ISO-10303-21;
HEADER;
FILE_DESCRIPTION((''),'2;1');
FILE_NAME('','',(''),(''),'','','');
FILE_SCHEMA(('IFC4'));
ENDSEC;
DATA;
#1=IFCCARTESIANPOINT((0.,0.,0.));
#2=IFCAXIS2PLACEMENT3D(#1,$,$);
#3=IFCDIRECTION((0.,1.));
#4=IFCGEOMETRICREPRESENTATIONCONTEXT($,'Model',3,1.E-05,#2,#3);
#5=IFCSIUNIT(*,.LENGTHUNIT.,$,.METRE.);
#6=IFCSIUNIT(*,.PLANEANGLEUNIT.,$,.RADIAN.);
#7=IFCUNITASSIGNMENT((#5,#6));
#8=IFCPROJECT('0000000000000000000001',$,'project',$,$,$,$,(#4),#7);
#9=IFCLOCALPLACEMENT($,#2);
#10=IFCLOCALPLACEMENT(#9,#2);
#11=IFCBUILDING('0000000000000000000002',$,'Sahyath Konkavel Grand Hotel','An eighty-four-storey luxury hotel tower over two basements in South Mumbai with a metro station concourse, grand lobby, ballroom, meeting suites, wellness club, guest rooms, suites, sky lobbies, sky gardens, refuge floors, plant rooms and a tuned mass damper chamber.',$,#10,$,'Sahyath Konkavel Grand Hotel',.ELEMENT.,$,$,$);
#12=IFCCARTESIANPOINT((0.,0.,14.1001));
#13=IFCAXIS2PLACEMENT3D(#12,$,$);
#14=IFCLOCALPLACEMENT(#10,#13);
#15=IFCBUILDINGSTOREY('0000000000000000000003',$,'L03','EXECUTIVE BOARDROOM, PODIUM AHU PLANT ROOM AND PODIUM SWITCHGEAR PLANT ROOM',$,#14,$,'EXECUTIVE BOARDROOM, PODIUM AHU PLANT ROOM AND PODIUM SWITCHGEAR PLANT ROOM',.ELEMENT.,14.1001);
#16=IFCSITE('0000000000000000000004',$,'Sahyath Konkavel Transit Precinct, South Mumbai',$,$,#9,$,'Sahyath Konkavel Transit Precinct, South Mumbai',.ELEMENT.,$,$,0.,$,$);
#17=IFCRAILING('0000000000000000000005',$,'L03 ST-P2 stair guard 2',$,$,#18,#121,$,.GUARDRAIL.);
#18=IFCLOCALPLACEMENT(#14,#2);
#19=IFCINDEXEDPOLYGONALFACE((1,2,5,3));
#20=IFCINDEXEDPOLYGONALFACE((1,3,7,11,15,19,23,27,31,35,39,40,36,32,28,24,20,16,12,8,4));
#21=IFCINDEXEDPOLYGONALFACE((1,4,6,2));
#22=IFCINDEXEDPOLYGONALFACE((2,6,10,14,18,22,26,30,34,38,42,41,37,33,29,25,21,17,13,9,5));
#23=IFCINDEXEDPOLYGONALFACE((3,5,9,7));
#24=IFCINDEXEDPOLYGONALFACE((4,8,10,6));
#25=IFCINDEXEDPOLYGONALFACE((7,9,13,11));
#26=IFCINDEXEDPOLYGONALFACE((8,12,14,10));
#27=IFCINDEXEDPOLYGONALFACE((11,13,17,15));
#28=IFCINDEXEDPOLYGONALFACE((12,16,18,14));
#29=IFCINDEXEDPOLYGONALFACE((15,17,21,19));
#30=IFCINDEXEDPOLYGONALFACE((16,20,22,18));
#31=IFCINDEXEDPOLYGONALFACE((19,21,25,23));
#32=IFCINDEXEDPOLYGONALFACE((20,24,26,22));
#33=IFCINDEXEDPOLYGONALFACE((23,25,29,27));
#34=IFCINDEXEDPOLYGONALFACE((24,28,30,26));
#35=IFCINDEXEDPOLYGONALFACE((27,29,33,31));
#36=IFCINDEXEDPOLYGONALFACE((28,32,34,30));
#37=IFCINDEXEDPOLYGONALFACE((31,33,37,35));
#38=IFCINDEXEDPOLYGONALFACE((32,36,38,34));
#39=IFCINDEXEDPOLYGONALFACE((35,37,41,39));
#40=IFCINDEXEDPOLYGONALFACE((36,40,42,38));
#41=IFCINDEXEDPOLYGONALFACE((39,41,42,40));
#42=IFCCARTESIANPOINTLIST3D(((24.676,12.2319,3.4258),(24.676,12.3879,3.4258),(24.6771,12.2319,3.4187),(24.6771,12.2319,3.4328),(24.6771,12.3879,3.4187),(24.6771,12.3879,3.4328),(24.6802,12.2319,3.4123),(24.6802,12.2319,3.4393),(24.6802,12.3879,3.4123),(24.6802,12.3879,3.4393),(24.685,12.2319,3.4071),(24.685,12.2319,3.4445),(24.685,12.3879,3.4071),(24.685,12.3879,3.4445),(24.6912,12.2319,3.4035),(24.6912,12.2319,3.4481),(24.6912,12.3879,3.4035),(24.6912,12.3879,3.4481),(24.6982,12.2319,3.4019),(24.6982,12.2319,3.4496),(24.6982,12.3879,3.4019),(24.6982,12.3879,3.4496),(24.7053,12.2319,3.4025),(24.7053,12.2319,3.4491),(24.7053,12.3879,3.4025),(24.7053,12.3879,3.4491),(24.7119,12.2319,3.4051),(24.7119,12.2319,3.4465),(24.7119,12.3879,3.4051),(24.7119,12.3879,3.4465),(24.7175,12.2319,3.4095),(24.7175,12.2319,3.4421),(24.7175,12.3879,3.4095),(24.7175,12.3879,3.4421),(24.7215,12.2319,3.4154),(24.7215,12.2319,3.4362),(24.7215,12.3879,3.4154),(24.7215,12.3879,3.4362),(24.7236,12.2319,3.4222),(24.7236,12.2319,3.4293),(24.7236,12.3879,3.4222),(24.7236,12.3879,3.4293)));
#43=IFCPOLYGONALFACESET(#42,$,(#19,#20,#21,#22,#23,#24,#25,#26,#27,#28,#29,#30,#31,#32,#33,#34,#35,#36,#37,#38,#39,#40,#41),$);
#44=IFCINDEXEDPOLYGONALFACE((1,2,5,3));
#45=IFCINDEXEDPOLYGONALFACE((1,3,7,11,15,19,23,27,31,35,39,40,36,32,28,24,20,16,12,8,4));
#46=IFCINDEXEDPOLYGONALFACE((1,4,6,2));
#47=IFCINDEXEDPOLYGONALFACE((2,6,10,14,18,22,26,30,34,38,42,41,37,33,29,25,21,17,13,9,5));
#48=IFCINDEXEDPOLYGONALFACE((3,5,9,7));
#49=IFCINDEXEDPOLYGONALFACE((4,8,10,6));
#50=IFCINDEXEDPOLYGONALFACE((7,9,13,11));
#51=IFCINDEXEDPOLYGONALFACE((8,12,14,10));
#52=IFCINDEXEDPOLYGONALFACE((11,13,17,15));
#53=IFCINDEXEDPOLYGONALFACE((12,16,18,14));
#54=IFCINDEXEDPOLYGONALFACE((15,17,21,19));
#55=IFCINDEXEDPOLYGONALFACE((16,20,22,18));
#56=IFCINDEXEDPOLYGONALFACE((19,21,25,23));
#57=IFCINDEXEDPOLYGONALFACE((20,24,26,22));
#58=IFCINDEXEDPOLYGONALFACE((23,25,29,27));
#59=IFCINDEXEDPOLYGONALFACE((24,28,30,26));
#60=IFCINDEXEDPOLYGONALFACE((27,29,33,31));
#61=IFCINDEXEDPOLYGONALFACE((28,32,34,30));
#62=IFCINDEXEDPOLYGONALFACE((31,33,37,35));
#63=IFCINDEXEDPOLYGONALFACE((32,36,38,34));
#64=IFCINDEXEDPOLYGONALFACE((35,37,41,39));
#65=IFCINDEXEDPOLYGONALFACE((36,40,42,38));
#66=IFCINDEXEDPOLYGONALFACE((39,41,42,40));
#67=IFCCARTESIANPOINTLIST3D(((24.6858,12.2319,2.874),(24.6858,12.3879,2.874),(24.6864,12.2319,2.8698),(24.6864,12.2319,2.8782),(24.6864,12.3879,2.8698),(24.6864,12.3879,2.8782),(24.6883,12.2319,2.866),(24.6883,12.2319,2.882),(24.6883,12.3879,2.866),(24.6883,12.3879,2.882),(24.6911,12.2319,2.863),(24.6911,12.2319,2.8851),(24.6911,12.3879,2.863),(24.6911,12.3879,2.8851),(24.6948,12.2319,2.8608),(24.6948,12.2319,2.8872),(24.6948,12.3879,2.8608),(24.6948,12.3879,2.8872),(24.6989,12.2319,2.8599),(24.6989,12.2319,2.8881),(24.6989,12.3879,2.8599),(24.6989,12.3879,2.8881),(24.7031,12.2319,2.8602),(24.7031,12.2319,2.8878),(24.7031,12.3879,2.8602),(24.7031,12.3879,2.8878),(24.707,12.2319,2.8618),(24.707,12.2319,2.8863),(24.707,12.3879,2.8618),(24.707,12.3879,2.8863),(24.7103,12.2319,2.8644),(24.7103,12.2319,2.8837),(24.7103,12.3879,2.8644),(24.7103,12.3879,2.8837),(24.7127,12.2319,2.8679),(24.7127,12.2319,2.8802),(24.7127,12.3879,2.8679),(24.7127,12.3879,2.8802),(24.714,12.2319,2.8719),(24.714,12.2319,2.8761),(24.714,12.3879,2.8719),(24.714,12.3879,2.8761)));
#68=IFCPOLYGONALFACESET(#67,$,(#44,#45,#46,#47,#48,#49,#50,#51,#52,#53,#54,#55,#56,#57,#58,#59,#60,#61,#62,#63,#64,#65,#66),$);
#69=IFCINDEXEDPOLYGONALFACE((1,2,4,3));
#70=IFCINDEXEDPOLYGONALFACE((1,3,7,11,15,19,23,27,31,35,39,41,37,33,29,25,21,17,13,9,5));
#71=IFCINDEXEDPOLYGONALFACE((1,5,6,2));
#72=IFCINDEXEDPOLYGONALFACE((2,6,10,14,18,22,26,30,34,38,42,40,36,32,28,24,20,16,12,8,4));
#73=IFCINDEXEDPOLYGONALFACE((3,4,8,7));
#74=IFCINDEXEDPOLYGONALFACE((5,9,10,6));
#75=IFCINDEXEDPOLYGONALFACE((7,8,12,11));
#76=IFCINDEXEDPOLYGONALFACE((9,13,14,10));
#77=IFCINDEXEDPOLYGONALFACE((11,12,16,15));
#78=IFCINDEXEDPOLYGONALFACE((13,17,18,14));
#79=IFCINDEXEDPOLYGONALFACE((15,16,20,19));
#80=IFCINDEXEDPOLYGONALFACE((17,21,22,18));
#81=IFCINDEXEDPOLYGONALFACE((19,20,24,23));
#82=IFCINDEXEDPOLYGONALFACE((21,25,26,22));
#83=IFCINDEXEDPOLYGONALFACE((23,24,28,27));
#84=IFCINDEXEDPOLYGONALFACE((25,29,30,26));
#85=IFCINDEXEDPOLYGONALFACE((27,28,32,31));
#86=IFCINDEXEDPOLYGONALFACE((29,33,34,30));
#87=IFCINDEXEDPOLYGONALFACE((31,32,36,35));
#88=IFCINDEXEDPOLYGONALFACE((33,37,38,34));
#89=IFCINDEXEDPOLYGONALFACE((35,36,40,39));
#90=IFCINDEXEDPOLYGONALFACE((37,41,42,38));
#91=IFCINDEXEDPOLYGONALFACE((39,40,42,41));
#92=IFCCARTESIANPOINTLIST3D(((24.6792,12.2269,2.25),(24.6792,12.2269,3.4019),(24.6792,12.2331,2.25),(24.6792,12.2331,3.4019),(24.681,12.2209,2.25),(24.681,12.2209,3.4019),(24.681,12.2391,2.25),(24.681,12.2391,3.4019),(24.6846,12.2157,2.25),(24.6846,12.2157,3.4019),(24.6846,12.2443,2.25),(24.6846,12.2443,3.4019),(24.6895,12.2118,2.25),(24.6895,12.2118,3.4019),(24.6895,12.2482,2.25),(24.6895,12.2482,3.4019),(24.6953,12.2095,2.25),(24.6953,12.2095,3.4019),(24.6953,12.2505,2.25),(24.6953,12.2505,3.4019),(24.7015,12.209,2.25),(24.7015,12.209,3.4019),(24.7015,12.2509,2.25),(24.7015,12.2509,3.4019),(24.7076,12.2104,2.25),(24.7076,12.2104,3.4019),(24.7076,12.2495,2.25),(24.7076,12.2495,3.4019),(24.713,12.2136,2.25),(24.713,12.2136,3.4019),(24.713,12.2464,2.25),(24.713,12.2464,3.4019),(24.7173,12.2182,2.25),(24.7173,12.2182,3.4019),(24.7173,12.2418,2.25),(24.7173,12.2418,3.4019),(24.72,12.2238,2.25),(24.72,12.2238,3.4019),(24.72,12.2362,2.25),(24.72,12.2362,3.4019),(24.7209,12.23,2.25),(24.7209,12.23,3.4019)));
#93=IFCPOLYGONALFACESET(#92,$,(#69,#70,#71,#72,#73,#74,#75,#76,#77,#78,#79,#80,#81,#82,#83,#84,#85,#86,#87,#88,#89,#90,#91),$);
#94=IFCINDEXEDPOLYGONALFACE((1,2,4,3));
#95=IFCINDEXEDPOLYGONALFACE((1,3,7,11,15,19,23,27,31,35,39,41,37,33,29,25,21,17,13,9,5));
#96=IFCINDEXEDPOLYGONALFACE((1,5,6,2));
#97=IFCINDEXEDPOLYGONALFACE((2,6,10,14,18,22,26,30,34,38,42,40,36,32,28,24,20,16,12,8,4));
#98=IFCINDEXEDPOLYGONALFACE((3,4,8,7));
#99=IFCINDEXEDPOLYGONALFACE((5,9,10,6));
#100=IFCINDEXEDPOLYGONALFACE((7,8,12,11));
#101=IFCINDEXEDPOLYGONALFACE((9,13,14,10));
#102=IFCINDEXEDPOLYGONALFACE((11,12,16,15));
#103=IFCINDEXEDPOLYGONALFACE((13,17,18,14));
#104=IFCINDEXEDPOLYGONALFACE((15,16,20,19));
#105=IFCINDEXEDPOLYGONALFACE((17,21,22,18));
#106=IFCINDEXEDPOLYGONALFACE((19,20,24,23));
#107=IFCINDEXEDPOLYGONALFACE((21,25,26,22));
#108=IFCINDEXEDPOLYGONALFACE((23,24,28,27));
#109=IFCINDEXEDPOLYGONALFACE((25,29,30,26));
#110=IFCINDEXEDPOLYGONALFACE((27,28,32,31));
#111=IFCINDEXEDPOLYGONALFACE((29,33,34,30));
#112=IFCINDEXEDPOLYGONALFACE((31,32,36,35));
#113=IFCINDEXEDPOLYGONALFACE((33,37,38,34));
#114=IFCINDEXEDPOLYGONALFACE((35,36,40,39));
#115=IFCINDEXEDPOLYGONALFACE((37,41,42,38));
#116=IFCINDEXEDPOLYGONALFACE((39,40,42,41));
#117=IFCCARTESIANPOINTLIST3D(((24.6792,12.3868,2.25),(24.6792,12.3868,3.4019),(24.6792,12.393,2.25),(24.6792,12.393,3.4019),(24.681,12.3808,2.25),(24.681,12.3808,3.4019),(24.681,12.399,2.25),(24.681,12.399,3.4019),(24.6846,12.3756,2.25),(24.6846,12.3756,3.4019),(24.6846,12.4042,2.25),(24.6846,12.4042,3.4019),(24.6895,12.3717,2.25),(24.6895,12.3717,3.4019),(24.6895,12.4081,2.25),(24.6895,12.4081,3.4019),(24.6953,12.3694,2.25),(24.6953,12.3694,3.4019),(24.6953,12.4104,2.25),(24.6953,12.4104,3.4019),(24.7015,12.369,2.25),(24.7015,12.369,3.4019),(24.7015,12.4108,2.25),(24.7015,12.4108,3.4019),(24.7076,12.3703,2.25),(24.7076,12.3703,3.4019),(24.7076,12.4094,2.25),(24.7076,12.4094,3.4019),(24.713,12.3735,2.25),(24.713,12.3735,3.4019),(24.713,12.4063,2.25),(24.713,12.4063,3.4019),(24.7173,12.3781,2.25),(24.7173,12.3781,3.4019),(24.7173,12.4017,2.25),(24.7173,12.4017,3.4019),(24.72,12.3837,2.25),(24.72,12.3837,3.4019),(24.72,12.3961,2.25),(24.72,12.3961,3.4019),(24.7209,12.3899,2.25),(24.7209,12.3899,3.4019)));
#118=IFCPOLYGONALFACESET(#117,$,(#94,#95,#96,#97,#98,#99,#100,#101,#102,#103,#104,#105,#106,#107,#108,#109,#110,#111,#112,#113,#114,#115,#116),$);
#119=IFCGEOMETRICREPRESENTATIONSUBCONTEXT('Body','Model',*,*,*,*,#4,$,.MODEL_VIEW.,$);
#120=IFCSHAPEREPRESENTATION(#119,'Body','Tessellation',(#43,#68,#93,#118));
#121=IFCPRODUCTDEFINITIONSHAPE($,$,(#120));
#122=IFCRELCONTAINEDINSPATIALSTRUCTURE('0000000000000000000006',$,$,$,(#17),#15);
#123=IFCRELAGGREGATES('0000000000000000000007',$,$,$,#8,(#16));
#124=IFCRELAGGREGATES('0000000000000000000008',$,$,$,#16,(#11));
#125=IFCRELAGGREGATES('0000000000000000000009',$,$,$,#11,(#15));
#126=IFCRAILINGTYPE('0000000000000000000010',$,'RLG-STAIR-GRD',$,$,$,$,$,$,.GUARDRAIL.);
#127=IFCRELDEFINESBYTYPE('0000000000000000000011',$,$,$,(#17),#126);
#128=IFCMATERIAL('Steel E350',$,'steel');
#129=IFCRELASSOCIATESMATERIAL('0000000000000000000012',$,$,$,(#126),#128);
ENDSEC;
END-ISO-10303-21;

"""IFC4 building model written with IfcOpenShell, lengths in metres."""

from ifc_helpers import new_model, si_unit, direction, frame, origin, origin_2d, place, context, subcontext, project, spatial, circle, extrude, material, type_object, element, save


model = new_model("IFC4")

# Units and contexts
model_context = context("Model", 3, precision=1e-05, world=origin(), true_north=direction((0.0, 1.0)))
body_context = subcontext(model_context, "Body", "Model", "MODEL_VIEW")
ifc_project = project(units=[si_unit("LENGTHUNIT", "METRE"), si_unit("PLANEANGLEUNIT", "RADIAN")], contexts=[model_context])

# Site, building, storey
site_placement = place(None, origin())
site = spatial("IfcSite", under=ifc_project, at=site_placement, Name="Sahyath Konkavel Transit Precinct, South Mumbai", LongName="Sahyath Konkavel Transit Precinct, South Mumbai", CompositionType="ELEMENT", RefElevation=0.0)
building_placement = place(site_placement, origin())
building = spatial("IfcBuilding", under=site, at=building_placement, Name="Sahyath Konkavel Grand Hotel", Description="An eighty-four-storey luxury hotel tower over two basements in South Mumbai with a metro station concourse, grand lobby, ballroom, meeting suites, wellness club, guest rooms, suites, sky lobbies, sky gardens, refuge floors, plant rooms and a tuned mass damper chamber.", LongName="Sahyath Konkavel Grand Hotel", CompositionType="ELEMENT")
storey_placement = place(building_placement, frame((0.0, 0.0, 14.1001)))
storey = spatial("IfcBuildingStorey", under=building, at=storey_placement, Name="L03", Description="EXECUTIVE BOARDROOM, PODIUM AHU PLANT ROOM AND PODIUM SWITCHGEAR PLANT ROOM", LongName="EXECUTIVE BOARDROOM, PODIUM AHU PLANT ROOM AND PODIUM SWITCHGEAR PLANT ROOM", CompositionType="ELEMENT", Elevation=14.1001)

# Shared definitions
ifc_material_1 = material(Name="Steel E350", Category="steel")

# Railing
railing_type_1 = type_object("IfcRailingType", Name="RLG-STAIR-GRD", PredefinedType="GUARDRAIL", material=ifc_material_1)
railing_1_placement = place(storey_placement, frame((24.7, 12.23, 2.25)))
element("IfcRailing", 1, at=railing_1_placement, inside=storey, type_object=railing_type_1, Name="L03 ST-P2 stair guard 2", PredefinedType="GUARDRAIL", context=body_context, shape_type="SweptSolid", body=[
    extrude(circle(Radius=0.0239, at=origin_2d()), frame((0.0, 0.002, 1.1758), z_axis=(0.0, 1.0, 0.0), x_axis=(-1.0, 0.0, 0.0)), (0.0, 0.0, 1.0), 0.156),
    extrude(circle(Radius=0.0142, at=origin_2d()), frame((0.0, 0.002, 0.624), z_axis=(0.0, 1.0, 0.0), x_axis=(-1.0, 0.0, 0.0)), (0.0, 0.0, 1.0), 0.156),
    extrude(circle(Radius=0.021, at=origin_2d()), origin(), (0.0, 0.0, 1.0), 1.1519),
    extrude(circle(Radius=0.021, at=origin_2d()), frame((0.0, 0.1599, 0.0)), (0.0, 0.0, 1.0), 1.1519),
])

save(model, "model.ifc")
